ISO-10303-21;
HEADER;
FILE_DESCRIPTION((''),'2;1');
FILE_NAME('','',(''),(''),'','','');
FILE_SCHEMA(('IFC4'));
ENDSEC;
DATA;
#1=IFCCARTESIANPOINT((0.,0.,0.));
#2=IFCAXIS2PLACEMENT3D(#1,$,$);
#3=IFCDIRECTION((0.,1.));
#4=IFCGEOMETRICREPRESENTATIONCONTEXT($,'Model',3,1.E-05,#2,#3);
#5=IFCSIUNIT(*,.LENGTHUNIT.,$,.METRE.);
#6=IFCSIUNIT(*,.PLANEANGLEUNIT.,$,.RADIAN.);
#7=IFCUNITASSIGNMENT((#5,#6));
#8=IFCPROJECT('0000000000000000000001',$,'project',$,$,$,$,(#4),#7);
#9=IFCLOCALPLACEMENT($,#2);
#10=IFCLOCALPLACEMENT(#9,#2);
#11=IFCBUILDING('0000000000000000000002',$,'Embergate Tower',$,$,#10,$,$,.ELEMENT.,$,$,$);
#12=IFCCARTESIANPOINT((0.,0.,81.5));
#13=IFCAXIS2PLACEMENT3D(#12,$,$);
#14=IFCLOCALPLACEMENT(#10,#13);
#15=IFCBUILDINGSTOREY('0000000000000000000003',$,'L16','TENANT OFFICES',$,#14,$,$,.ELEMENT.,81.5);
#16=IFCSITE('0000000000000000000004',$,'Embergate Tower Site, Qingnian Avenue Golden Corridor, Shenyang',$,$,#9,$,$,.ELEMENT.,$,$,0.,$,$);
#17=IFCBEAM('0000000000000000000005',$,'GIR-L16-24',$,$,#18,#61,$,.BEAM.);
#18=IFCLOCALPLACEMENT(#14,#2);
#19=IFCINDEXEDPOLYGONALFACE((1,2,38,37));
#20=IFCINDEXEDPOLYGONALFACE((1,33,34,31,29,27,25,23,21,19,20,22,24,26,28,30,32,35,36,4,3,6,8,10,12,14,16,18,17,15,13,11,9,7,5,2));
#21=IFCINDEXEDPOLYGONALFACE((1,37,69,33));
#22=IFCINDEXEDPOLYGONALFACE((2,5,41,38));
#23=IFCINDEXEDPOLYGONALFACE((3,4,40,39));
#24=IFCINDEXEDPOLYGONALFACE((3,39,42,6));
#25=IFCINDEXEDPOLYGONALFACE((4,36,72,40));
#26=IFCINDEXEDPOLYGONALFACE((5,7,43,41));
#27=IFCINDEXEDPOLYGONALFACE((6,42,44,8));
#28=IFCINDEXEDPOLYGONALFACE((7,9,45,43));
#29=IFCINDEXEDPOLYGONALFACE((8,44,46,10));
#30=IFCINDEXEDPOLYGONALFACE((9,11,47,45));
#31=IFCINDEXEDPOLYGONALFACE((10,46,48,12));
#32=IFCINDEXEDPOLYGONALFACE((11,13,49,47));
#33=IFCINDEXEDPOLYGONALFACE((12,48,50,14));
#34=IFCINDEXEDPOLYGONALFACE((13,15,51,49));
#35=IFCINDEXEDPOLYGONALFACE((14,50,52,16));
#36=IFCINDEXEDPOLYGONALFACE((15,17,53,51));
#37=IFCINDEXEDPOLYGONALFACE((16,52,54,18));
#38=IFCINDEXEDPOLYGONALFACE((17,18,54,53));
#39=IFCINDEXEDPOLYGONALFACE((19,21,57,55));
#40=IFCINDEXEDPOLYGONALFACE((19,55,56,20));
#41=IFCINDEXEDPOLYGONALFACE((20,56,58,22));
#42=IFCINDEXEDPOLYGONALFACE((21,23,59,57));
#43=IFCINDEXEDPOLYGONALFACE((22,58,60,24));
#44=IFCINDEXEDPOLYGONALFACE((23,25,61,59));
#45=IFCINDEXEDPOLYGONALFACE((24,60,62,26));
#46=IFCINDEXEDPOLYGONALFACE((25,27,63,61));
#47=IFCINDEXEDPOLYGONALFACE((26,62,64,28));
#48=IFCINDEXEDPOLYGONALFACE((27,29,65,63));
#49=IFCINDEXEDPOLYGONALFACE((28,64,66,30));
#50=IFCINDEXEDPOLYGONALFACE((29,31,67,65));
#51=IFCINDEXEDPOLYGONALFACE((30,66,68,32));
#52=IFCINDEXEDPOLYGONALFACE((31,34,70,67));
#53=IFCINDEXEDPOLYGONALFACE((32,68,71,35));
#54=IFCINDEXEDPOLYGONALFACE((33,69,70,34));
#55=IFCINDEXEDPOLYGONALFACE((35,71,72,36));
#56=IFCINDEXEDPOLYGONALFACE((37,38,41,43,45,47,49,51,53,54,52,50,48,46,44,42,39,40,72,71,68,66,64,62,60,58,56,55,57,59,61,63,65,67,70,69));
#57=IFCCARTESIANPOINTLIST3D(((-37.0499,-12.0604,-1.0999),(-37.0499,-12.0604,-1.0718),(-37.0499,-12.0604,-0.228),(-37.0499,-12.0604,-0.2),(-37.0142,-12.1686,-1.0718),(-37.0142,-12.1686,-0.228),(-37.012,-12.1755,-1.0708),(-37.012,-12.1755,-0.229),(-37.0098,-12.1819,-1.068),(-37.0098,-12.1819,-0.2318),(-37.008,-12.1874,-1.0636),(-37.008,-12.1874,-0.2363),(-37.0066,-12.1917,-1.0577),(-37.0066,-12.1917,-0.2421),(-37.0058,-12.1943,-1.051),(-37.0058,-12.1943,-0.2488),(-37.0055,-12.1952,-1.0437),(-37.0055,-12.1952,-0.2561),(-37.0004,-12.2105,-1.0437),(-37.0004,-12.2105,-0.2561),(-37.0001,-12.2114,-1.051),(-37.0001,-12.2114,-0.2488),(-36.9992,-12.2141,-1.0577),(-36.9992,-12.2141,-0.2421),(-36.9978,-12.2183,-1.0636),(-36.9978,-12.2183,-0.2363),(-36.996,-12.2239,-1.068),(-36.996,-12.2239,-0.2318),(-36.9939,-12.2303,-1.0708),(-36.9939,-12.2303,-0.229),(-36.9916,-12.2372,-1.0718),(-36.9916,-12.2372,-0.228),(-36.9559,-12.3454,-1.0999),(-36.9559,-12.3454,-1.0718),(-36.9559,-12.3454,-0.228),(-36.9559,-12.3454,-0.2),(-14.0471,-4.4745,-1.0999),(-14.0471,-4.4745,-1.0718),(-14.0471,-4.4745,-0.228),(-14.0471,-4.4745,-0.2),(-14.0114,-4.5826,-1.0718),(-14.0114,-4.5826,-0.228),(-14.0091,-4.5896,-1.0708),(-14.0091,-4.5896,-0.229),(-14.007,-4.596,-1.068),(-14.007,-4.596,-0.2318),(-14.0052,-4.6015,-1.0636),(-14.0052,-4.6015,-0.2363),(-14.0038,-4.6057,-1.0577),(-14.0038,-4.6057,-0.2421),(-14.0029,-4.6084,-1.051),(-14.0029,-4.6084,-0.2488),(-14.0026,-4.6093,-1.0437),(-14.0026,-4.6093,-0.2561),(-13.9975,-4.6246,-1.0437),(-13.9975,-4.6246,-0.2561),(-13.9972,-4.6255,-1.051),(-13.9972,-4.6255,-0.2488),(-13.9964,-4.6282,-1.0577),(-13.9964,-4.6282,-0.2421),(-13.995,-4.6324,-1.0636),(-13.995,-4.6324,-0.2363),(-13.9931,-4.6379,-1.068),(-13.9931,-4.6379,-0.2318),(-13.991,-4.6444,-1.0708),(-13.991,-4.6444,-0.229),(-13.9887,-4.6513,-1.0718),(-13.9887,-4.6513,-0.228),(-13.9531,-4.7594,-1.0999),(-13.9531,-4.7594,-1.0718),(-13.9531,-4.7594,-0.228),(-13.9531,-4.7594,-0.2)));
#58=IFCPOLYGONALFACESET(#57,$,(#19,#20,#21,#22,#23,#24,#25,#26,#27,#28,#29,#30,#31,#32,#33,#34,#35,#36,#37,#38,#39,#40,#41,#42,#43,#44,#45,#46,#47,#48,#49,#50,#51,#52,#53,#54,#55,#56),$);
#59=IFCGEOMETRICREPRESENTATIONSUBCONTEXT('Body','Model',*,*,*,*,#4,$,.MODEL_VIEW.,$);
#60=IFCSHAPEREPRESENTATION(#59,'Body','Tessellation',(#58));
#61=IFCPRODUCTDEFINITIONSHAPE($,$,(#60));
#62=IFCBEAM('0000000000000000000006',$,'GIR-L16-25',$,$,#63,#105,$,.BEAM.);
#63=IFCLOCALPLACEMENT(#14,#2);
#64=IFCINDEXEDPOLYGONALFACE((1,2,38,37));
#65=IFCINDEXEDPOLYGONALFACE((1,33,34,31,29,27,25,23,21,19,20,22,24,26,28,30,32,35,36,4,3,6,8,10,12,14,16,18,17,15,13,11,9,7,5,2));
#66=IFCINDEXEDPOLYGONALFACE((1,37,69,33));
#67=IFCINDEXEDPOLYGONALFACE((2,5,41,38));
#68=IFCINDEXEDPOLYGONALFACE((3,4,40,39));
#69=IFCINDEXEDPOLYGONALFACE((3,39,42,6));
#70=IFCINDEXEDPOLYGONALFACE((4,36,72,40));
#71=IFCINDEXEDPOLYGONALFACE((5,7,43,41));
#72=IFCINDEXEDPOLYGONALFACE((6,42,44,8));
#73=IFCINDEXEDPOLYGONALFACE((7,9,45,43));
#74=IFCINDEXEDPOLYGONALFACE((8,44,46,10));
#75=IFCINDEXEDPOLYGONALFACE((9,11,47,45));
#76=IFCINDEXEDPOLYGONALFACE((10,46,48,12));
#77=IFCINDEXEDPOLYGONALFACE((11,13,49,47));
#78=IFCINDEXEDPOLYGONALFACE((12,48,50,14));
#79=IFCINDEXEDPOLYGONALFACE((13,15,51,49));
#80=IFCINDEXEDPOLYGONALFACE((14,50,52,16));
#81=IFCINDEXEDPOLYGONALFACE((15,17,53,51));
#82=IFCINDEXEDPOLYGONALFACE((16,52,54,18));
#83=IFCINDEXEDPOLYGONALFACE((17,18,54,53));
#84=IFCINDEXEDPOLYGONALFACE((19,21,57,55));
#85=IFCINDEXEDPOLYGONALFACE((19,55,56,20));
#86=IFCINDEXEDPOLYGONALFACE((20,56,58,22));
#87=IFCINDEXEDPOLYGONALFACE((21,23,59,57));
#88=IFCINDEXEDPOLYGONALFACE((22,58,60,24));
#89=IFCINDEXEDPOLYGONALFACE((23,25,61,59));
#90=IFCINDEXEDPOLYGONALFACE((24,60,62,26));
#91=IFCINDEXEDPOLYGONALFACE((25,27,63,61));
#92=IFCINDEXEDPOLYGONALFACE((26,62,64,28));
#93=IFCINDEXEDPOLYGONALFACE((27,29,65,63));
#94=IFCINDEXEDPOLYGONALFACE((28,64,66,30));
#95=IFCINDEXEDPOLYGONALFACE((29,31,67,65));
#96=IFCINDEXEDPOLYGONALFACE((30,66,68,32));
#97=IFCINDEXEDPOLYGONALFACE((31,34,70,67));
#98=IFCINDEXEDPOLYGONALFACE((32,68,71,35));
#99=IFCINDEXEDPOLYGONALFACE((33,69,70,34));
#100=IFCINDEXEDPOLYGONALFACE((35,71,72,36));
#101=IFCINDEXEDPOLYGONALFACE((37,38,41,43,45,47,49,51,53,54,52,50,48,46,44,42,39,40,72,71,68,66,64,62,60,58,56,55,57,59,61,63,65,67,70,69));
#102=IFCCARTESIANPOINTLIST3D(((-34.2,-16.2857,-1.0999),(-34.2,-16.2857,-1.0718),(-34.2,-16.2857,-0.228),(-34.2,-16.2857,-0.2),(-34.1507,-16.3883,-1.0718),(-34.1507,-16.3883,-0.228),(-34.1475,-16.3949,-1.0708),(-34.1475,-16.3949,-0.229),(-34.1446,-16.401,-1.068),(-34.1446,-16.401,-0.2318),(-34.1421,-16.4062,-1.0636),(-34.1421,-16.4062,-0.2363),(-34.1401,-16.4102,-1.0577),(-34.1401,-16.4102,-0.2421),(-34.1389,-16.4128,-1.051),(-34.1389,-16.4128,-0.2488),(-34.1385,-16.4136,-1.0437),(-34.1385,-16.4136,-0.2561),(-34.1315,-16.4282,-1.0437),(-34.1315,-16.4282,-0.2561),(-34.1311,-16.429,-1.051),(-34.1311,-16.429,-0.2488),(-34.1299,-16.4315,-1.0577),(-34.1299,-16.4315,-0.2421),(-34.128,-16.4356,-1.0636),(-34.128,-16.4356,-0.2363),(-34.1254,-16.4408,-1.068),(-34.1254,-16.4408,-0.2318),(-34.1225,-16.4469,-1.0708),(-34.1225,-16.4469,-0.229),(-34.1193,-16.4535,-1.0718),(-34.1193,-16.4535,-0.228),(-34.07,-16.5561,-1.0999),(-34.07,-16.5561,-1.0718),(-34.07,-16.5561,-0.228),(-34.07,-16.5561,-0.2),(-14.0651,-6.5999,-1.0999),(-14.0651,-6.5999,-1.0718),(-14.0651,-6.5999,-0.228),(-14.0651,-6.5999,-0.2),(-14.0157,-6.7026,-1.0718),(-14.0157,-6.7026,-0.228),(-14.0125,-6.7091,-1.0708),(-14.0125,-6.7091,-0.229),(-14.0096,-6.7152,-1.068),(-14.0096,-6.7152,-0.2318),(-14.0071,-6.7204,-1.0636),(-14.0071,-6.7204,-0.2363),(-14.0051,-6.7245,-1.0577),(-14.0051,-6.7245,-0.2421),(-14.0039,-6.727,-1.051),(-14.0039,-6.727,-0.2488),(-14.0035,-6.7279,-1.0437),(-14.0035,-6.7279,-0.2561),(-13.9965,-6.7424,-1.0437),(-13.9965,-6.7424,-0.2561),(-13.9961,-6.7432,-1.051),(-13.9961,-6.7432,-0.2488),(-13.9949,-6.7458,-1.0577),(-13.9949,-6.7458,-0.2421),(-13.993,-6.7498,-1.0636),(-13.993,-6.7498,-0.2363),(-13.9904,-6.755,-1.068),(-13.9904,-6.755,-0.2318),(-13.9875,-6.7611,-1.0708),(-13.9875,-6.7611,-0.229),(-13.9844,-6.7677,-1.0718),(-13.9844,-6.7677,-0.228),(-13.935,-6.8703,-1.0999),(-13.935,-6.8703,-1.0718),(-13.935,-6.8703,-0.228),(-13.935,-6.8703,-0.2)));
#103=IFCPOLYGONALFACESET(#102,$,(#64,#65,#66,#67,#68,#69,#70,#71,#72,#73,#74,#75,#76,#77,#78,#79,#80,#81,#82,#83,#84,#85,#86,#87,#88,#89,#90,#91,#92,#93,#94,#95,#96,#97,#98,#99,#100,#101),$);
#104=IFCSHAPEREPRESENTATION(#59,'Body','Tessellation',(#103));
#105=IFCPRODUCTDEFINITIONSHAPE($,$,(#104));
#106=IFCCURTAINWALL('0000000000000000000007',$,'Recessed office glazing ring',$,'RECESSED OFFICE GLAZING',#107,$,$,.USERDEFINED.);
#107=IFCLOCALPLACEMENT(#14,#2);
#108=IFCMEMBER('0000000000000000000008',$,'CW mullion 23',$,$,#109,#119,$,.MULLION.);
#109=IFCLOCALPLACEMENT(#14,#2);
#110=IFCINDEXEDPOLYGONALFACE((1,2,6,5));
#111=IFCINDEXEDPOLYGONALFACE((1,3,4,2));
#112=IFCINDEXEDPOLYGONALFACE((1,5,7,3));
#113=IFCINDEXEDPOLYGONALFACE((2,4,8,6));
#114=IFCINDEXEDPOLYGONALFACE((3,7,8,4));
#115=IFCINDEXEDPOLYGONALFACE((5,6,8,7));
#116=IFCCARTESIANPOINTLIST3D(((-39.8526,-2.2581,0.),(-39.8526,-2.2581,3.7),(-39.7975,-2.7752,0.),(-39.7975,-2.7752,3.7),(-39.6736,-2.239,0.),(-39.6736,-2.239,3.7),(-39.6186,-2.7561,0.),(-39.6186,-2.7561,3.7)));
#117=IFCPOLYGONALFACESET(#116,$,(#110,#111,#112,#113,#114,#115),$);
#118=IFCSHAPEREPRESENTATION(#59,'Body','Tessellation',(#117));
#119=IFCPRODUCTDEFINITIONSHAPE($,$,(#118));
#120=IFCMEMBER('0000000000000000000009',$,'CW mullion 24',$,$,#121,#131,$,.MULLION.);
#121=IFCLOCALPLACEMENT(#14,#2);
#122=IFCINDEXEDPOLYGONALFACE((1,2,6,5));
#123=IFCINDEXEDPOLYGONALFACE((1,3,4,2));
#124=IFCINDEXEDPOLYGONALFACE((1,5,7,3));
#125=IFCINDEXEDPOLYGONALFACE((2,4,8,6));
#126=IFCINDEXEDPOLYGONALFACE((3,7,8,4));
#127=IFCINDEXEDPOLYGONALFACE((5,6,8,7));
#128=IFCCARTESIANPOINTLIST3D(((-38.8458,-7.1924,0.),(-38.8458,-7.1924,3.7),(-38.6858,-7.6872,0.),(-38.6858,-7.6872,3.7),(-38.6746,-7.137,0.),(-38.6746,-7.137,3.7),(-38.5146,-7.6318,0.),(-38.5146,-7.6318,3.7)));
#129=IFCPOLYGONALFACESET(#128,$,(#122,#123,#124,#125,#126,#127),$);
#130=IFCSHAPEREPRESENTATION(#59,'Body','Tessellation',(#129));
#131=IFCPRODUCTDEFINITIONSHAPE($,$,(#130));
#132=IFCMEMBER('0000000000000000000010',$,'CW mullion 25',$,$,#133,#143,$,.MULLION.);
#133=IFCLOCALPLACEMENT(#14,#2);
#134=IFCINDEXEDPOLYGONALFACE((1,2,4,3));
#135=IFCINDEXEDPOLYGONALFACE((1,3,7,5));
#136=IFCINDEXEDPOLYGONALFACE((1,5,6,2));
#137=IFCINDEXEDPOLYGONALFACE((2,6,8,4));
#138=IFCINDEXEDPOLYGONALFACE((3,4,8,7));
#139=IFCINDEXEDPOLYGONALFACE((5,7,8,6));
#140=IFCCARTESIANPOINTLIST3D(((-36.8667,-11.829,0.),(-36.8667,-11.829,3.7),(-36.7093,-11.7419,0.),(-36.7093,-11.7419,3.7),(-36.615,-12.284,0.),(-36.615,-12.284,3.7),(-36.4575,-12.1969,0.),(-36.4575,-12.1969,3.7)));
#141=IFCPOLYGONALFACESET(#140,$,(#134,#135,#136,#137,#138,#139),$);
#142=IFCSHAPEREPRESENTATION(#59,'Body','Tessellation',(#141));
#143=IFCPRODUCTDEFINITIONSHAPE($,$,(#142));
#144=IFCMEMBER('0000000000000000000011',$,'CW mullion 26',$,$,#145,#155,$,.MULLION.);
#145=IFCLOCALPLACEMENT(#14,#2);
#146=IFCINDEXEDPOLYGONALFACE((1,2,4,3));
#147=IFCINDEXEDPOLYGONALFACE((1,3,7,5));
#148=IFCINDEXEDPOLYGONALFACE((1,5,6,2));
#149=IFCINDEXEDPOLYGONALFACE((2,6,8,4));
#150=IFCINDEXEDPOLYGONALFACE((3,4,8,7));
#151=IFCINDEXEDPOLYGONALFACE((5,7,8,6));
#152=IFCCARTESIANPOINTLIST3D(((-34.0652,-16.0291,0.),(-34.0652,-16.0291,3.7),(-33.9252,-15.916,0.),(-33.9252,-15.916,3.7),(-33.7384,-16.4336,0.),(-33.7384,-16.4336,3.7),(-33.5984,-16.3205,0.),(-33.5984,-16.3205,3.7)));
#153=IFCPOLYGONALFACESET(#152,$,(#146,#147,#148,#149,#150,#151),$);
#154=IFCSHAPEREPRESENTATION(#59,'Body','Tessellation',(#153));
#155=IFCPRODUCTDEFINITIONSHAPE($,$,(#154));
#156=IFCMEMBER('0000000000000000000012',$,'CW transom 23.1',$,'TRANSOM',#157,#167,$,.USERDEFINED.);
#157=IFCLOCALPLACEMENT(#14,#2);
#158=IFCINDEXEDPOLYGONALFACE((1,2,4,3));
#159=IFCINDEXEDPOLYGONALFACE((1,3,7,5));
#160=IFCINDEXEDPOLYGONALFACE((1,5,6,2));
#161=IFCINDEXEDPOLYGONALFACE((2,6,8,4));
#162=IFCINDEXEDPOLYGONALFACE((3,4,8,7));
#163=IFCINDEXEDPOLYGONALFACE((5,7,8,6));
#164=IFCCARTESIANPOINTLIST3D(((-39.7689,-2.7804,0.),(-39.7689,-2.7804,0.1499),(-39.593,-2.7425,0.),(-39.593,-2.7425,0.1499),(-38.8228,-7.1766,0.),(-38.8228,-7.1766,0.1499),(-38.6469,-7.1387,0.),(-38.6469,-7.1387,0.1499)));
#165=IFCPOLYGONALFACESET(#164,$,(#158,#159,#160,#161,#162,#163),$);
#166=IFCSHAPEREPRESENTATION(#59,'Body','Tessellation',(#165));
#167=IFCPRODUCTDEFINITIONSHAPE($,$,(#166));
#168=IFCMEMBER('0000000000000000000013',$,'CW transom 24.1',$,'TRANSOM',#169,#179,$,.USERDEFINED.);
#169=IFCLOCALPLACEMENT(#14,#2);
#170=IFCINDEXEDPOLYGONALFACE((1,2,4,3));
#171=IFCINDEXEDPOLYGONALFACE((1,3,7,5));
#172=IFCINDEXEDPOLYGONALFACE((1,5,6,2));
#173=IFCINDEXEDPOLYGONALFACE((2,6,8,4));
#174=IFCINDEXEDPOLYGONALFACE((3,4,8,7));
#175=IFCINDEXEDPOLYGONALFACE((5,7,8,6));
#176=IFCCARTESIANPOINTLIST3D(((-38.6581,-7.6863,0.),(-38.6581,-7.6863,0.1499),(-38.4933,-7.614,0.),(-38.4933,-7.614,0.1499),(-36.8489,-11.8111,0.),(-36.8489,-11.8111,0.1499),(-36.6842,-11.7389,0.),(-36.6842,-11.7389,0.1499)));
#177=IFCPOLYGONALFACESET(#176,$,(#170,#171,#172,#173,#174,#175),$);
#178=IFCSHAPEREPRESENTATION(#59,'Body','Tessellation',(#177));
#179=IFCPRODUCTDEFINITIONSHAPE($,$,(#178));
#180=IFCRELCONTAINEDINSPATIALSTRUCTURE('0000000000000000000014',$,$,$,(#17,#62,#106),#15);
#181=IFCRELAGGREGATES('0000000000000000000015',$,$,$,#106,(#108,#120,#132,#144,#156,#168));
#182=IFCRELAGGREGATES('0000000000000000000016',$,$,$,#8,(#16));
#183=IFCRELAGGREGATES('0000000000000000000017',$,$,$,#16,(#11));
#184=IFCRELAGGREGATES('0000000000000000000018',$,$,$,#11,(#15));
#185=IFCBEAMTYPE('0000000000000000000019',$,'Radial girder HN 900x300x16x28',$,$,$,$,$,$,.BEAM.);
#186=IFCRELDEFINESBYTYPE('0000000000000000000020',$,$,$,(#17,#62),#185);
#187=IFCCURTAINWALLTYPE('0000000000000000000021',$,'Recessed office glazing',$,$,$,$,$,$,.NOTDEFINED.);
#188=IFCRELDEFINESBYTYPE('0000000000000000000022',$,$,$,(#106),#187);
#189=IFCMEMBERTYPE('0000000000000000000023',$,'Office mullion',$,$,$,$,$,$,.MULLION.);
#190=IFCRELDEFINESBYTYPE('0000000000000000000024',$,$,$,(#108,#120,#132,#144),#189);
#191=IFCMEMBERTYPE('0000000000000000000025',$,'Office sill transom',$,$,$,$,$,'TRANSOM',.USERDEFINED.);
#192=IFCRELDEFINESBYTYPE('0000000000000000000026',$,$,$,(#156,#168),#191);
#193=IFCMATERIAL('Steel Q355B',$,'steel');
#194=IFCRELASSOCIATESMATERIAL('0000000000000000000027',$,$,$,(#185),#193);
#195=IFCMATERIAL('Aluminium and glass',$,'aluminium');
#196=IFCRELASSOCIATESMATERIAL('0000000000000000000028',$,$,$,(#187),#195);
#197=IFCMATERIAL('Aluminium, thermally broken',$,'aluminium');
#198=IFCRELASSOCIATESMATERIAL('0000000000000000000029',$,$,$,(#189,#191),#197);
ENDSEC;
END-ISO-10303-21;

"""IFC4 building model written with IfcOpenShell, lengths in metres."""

from ifc_helpers import new_model, si_unit, direction, frame, origin, origin_2d, place, context, subcontext, project, spatial, rectangle, i_section, extrude, source, transform, mapped, material, material_profile, profile_set, type_object, element, aggregate, save


model = new_model("IFC4")

# Units and contexts
model_context = context("Model", 3, precision=1e-05, world=origin(), true_north=direction((0.0, 1.0)))
body_context = subcontext(model_context, "Body", "Model", "MODEL_VIEW")
ifc_project = project(units=[si_unit("LENGTHUNIT", "METRE"), si_unit("PLANEANGLEUNIT", "RADIAN")], contexts=[model_context])

# Site, building, storey
site_placement = place(None, origin())
site = spatial("IfcSite", under=ifc_project, at=site_placement, Name="Embergate Tower Site, Qingnian Avenue Golden Corridor, Shenyang", CompositionType="ELEMENT", RefElevation=0.0)
building_placement = place(site_placement, origin())
building = spatial("IfcBuilding", under=site, at=building_placement, Name="Embergate Tower", CompositionType="ELEMENT")
storey_placement = place(building_placement, frame((0.0, 0.0, 81.5)))
storey = spatial("IfcBuildingStorey", under=building, at=storey_placement, Name="L16", Description="TENANT OFFICES", CompositionType="ELEMENT", Elevation=81.5)

# Beams
ifc_material_1 = material(Name="Steel Q355B", Category="steel")
ifc_material_profile_1 = material_profile(ifc_material_1, i_section(OverallWidth=0.3, OverallDepth=0.8999, WebThickness=0.0161, FlangeThickness=0.0281, FilletRadius=0.0281, at=origin_2d()), Name="HN 900x300x16x28")
ifc_profile_set_1 = profile_set([ifc_material_profile_1], Name="Steel Q355 grade B")
beam_type_1 = type_object("IfcBeamType", Name="Radial girder HN 900x300x16x28", PredefinedType="BEAM", material=ifc_profile_set_1)
shared_shape_1 = source(origin(), body_context, "Body", "SweptSolid", [
    extrude(i_section(OverallWidth=0.3, OverallDepth=0.8999, WebThickness=0.0161, FlangeThickness=0.0281, FilletRadius=0.0281, at=origin_2d()), origin(), (0.0, 0.0, 1.0), 24.2214),
])
beam_1_placement = place(storey_placement, frame((-37.0029, -12.2029, -0.6499), z_axis=(0.94969, 0.31319, 0.0), x_axis=(-0.31319, 0.94969, 0.0)))
element("IfcBeam", 1, at=beam_1_placement, inside=storey, type_object=beam_type_1, Name="GIR-L16-24", PredefinedType="BEAM", context=body_context, shape_type="MappedRepresentation", body=[
    mapped(shared_shape_1, transform((0.0, 0.0, 0.0))),
])
shared_shape_2 = source(origin(), body_context, "Body", "SweptSolid", [
    extrude(i_section(OverallWidth=0.3, OverallDepth=0.8999, WebThickness=0.0161, FlangeThickness=0.0281, FilletRadius=0.0281, at=origin_2d()), origin(), (0.0, 0.0, 1.0), 22.3435),
])
beam_2_placement = place(storey_placement, frame((-34.135, -16.4209, -0.6499), z_axis=(0.901156, 0.433494, 0.0), x_axis=(-0.433494, 0.901156, 0.0)))
element("IfcBeam", 2, at=beam_2_placement, inside=storey, type_object=beam_type_1, Name="GIR-L16-25", PredefinedType="BEAM", context=body_context, shape_type="MappedRepresentation", body=[
    mapped(shared_shape_2, transform((0.0, 0.0, 0.0))),
])

# Curtain wall, members
ifc_material_2 = material(Name="Aluminium and glass", Category="aluminium")
curtain_wall_type = type_object("IfcCurtainWallType", Name="Recessed office glazing", PredefinedType="NOTDEFINED", material=ifc_material_2)
curtain_wall_placement = place(storey_placement, origin())
curtain_wall = element("IfcCurtainWall", 3, at=curtain_wall_placement, inside=storey, type_object=curtain_wall_type, Name="Recessed office glazing ring", ObjectType="RECESSED OFFICE GLAZING", PredefinedType="USERDEFINED")
ifc_material_3 = material(Name="Aluminium, thermally broken", Category="aluminium")
ifc_material_profile_2 = material_profile(ifc_material_3, rectangle(XDim=0.1799, YDim=0.52, at=origin_2d()), Name="AL 520x180")
ifc_profile_set_2 = profile_set([ifc_material_profile_2], Name="Aluminium, thermally broken")
member_type_1 = type_object("IfcMemberType", Name="Office mullion", PredefinedType="MULLION", material=ifc_profile_set_2)
shared_shape_3 = source(origin(), body_context, "Body", "SweptSolid", [
    extrude(rectangle(XDim=0.1799, YDim=0.52, at=origin_2d()), origin(), (0.0, 0.0, 1.0), 3.7),
])
member_1_placement = place(storey_placement, frame((-39.7356, -2.5071, 0.0), z_axis=(0.0, 0.0, 1.0), x_axis=(0.994385, 0.105822, 0.0)))
member_1 = element("IfcMember", 4, at=member_1_placement, type_object=member_type_1, Name="CW mullion 23", PredefinedType="MULLION", context=body_context, shape_type="MappedRepresentation", body=[
    mapped(shared_shape_3, transform((0.0, 0.0, 0.0))),
])
member_2_placement = place(storey_placement, frame((-38.6802, -7.4121, 0.0), z_axis=(0.0, 0.0, 1.0), x_axis=(0.951499, 0.307651, 0.0)))
member_2 = element("IfcMember", 5, at=member_2_placement, type_object=member_type_1, Name="CW mullion 24", PredefinedType="MULLION", context=body_context, shape_type="MappedRepresentation", body=[
    mapped(shared_shape_3, transform((0.0, 0.0, 0.0))),
])
member_3_placement = place(storey_placement, frame((-36.6621, -12.0129, 0.0), z_axis=(0.0, 0.0, 1.0), x_axis=(0.875005, 0.484113, 0.0)))
member_3 = element("IfcMember", 6, at=member_3_placement, type_object=member_type_1, Name="CW mullion 25", PredefinedType="MULLION", context=body_context, shape_type="MappedRepresentation", body=[
    mapped(shared_shape_3, transform((0.0, 0.0, 0.0))),
])
member_4_placement = place(storey_placement, frame((-33.8318, -16.1748, 0.0), z_axis=(0.0, 0.0, 1.0), x_axis=(0.777876, 0.628418, 0.0)))
member_4 = element("IfcMember", 7, at=member_4_placement, type_object=member_type_1, Name="CW mullion 26", PredefinedType="MULLION", context=body_context, shape_type="MappedRepresentation", body=[
    mapped(shared_shape_3, transform((0.0, 0.0, 0.0))),
])
ifc_material_profile_3 = material_profile(ifc_material_3, rectangle(XDim=0.1799, YDim=0.1499, at=origin_2d()), Name="AL 150x180")
ifc_profile_set_3 = profile_set([ifc_material_profile_3], Name="Aluminium, thermally broken")
member_type_2 = type_object("IfcMemberType", Name="Office sill transom", ElementType="TRANSOM", PredefinedType="USERDEFINED", material=ifc_profile_set_3)
shared_shape_4 = source(origin(), body_context, "Body", "SweptSolid", [
    extrude(rectangle(XDim=0.1799, YDim=0.1499, at=origin_2d()), origin(), (0.0, 0.0, 1.0), 4.4968),
])
member_5_placement = place(storey_placement, frame((-39.6809, -2.7615, 0.075), z_axis=(0.210378, -0.97762, 0.0), x_axis=(0.97762, 0.210378, 0.0)))
member_5 = element("IfcMember", 8, at=member_5_placement, type_object=member_type_2, Name="CW transom 23.1", ObjectType="TRANSOM", PredefinedType="USERDEFINED", context=body_context, shape_type="MappedRepresentation", body=[
    mapped(shared_shape_4, transform((0.0, 0.0, 0.0))),
])
shared_shape_5 = source(origin(), body_context, "Body", "SweptSolid", [
    extrude(rectangle(XDim=0.1799, YDim=0.1499, at=origin_2d()), origin(), (0.0, 0.0, 1.0), 4.5042),
])
member_6_placement = place(storey_placement, frame((-38.5757, -7.6501, 0.075), z_axis=(0.401658, -0.91579, 0.0), x_axis=(0.91579, 0.401658, 0.0)))
member_6 = element("IfcMember", 9, at=member_6_placement, type_object=member_type_2, Name="CW transom 24.1", ObjectType="TRANSOM", PredefinedType="USERDEFINED", context=body_context, shape_type="MappedRepresentation", body=[
    mapped(shared_shape_5, transform((0.0, 0.0, 0.0))),
])
aggregate(curtain_wall, [member_1, member_2, member_3, member_4, member_5, member_6])

save(model, "model.ifc")
